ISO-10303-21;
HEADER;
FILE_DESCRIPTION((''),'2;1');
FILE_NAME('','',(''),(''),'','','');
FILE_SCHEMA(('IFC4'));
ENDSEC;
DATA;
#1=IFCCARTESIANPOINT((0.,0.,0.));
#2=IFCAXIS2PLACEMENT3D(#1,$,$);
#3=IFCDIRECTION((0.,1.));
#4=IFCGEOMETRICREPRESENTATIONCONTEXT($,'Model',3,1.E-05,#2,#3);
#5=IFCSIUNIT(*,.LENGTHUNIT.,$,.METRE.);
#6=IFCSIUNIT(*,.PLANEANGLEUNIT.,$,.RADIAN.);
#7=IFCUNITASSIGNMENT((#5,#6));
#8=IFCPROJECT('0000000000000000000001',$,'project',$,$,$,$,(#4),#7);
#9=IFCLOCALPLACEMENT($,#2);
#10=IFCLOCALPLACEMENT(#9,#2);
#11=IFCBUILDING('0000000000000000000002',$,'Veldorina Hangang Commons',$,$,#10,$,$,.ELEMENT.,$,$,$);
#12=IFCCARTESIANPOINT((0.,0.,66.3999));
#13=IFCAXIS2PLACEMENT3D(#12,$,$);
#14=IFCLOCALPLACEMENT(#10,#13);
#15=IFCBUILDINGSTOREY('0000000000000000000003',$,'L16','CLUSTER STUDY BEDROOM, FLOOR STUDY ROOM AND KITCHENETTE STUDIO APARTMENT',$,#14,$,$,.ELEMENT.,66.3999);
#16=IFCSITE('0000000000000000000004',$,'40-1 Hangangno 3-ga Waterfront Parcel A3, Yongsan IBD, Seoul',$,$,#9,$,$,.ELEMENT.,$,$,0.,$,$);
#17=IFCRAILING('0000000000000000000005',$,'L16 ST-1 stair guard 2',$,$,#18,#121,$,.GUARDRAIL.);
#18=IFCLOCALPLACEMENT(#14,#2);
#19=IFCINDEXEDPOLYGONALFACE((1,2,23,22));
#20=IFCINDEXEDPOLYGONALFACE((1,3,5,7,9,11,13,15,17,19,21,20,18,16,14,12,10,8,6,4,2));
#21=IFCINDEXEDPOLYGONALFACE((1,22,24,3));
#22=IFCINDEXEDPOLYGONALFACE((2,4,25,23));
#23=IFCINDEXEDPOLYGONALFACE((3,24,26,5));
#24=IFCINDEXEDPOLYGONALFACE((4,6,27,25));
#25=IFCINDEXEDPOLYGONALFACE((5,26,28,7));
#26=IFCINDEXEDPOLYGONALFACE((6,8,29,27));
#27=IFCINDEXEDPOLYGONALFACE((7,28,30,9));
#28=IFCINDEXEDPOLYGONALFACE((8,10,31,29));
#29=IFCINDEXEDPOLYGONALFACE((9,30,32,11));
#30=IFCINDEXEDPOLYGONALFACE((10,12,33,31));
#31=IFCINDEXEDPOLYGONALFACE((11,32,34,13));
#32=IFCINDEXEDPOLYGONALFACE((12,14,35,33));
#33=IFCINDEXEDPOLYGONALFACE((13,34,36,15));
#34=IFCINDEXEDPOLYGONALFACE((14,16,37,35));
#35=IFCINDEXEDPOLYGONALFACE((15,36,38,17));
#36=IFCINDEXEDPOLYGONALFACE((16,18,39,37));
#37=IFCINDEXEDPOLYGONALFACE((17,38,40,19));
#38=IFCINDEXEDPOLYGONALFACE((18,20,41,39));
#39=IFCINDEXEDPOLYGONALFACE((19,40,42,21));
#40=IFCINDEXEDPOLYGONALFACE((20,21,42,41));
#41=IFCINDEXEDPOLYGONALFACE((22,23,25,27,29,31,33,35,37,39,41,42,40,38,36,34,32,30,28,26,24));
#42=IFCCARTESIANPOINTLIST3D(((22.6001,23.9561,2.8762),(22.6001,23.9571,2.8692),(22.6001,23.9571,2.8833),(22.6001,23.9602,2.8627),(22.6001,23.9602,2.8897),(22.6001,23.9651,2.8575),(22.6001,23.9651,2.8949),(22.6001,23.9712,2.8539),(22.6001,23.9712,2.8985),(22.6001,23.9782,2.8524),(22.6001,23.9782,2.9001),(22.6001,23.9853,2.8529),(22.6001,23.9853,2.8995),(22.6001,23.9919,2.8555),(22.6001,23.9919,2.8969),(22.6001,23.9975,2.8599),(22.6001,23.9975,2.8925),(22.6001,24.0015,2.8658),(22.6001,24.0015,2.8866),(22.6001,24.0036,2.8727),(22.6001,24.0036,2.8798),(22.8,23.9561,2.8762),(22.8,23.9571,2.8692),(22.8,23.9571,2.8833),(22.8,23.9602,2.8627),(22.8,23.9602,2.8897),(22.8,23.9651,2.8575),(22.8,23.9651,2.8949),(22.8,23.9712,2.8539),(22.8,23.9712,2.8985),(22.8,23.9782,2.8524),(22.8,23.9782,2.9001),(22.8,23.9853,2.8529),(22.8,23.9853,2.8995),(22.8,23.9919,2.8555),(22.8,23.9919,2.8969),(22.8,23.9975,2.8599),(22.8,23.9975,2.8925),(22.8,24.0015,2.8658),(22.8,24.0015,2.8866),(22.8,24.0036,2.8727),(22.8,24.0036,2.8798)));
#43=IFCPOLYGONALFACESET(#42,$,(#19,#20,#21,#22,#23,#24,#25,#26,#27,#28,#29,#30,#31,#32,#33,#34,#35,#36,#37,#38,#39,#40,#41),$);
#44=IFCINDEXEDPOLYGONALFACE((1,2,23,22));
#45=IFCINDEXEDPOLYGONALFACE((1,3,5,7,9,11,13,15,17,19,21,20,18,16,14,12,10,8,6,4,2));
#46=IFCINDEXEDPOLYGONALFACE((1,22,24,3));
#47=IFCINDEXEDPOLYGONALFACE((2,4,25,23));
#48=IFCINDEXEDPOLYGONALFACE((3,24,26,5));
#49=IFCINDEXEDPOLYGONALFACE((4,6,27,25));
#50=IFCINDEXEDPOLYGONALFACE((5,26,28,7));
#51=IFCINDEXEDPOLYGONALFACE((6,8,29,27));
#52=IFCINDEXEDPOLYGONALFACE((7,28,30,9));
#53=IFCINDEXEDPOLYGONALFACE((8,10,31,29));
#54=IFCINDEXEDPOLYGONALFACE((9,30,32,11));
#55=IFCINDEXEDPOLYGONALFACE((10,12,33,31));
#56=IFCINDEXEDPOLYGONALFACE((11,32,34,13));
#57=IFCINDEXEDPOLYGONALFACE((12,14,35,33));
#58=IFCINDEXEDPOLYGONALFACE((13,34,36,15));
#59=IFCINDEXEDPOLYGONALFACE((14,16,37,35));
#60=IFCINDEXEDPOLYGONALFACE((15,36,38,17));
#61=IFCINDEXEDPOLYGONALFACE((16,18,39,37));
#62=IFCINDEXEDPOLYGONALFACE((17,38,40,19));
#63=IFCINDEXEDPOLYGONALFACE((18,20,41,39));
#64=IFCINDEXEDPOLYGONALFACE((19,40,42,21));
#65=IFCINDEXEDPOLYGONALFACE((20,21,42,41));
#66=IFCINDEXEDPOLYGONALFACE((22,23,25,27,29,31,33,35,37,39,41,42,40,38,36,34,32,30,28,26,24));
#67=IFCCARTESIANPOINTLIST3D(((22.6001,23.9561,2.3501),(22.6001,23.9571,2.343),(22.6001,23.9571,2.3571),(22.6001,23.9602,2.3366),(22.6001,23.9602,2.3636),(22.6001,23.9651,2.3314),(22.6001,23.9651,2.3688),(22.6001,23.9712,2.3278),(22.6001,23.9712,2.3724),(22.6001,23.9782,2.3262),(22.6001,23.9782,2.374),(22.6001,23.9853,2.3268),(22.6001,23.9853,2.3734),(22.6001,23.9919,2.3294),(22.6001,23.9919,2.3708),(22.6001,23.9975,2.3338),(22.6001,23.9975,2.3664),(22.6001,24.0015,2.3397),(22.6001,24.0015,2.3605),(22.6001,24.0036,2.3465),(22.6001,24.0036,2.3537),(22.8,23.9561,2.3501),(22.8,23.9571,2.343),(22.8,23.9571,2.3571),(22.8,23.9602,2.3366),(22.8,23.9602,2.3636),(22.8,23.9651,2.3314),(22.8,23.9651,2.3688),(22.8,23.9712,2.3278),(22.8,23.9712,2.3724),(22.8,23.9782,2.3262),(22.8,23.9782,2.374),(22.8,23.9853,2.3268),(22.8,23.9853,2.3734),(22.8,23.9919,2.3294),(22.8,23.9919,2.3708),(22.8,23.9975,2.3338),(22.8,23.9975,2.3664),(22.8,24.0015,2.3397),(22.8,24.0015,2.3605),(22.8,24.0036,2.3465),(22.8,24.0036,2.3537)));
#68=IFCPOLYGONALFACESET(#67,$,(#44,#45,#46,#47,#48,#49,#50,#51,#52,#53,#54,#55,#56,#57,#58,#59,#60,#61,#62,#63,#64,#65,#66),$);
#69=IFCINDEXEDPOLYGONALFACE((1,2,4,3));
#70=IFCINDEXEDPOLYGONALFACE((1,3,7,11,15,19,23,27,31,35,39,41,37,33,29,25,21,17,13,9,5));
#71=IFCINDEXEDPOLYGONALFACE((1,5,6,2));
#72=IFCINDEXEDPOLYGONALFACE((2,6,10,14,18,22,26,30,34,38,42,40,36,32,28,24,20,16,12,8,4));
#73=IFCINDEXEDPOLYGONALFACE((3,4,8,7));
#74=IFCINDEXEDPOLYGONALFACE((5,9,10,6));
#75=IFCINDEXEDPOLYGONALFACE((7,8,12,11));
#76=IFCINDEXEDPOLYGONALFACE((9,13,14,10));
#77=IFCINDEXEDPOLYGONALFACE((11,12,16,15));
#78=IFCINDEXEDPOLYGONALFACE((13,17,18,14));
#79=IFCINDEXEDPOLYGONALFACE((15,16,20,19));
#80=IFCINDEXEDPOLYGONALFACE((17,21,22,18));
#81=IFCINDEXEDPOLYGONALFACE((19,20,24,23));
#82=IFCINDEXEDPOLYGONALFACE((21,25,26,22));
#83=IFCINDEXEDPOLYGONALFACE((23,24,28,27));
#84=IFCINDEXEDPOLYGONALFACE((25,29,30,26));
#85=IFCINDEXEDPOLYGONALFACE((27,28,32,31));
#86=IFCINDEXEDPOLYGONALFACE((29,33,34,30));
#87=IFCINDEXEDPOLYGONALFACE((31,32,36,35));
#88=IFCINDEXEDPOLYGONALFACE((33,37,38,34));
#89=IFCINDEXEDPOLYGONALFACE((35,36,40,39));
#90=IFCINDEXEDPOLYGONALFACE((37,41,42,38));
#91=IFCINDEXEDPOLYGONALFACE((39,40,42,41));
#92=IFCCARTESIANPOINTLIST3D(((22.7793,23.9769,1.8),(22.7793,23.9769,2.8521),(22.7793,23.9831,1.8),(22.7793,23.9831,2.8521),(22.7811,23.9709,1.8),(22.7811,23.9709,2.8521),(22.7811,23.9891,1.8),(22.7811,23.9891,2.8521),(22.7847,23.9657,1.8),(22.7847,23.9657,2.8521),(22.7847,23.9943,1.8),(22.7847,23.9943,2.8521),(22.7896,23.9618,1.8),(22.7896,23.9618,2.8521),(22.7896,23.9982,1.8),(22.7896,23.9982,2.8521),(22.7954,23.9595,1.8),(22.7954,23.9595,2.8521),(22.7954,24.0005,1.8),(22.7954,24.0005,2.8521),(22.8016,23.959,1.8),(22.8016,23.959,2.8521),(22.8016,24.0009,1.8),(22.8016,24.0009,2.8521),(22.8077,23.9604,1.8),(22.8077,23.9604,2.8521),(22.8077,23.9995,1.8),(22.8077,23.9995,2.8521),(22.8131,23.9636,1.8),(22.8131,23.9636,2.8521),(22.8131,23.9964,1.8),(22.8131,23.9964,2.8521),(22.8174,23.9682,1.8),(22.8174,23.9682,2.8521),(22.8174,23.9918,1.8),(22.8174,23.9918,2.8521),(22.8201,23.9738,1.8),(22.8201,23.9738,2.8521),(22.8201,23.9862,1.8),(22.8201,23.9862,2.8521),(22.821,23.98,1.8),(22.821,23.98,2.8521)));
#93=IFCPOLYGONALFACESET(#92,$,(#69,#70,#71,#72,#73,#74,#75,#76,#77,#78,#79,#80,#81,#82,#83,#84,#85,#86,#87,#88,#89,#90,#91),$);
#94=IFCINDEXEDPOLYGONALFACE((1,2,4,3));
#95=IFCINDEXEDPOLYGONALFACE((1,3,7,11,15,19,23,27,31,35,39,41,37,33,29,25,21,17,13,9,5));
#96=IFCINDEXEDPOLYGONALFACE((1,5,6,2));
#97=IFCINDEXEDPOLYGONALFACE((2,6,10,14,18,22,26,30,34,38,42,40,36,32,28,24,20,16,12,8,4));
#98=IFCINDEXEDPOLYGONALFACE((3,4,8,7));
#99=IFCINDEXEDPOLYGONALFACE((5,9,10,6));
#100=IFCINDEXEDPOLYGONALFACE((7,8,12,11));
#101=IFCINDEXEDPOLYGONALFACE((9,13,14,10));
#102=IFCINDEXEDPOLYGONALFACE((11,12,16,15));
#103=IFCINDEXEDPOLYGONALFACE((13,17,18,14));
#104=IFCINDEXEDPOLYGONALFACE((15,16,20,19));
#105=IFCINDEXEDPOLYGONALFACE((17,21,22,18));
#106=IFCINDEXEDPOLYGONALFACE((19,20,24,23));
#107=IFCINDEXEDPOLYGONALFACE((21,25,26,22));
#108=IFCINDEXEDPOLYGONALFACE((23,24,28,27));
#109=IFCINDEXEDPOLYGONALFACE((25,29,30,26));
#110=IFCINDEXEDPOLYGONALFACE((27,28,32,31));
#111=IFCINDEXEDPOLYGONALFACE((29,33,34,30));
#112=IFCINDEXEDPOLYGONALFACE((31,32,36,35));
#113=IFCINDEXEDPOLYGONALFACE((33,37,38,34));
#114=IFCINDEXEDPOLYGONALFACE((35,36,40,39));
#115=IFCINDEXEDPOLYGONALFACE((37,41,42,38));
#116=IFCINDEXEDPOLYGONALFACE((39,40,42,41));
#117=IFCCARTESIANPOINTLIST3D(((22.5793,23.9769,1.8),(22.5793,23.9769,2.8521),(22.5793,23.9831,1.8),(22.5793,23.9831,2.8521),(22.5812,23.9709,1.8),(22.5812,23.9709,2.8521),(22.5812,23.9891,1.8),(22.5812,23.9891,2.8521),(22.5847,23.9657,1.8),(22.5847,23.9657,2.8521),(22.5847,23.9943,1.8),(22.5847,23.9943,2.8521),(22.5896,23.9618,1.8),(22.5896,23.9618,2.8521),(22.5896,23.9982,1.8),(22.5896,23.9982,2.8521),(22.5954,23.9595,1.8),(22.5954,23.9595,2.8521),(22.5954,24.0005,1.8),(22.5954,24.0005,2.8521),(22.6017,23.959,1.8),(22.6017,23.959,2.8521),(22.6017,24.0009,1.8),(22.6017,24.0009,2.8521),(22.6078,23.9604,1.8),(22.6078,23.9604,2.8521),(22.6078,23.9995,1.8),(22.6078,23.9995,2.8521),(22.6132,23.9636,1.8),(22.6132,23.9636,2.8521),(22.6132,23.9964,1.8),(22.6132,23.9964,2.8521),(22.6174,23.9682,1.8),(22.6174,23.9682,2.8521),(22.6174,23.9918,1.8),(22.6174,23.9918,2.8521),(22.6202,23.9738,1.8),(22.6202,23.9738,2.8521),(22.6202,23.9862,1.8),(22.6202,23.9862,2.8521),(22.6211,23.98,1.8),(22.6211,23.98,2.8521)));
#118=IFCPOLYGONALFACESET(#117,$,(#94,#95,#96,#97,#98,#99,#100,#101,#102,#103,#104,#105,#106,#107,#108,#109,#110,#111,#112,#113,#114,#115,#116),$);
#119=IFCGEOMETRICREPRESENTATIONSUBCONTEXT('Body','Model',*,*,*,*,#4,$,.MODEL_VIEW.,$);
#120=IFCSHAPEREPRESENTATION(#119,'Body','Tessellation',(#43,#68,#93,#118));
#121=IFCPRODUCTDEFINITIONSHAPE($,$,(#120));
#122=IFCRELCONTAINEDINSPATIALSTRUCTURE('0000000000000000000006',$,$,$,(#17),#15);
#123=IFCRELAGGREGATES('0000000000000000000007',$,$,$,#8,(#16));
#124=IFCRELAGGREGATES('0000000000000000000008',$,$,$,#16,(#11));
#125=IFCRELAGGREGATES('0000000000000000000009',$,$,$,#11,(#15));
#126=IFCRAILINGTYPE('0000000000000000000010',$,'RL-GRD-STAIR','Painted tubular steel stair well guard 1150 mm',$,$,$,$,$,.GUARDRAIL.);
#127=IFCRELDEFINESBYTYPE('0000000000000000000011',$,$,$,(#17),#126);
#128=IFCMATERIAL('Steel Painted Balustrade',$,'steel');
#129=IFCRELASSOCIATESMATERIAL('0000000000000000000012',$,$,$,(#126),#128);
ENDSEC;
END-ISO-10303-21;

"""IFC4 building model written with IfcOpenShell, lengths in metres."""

from ifc_helpers import new_model, si_unit, direction, frame, origin, origin_2d, place, context, subcontext, project, spatial, circle, extrude, material, type_object, element, save


model = new_model("IFC4")

# Units and contexts
model_context = context("Model", 3, precision=1e-05, world=origin(), true_north=direction((0.0, 1.0)))
body_context = subcontext(model_context, "Body", "Model", "MODEL_VIEW")
ifc_project = project(units=[si_unit("LENGTHUNIT", "METRE"), si_unit("PLANEANGLEUNIT", "RADIAN")], contexts=[model_context])

# Site, building, storey
site_placement = place(None, origin())
site = spatial("IfcSite", under=ifc_project, at=site_placement, Name="40-1 Hangangno 3-ga Waterfront Parcel A3, Yongsan IBD, Seoul", CompositionType="ELEMENT", RefElevation=0.0)
building_placement = place(site_placement, origin())
building = spatial("IfcBuilding", under=site, at=building_placement, Name="Veldorina Hangang Commons", CompositionType="ELEMENT")
storey_placement = place(building_placement, frame((0.0, 0.0, 66.3999)))
storey = spatial("IfcBuildingStorey", under=building, at=storey_placement, Name="L16", Description="CLUSTER STUDY BEDROOM, FLOOR STUDY ROOM AND KITCHENETTE STUDIO APARTMENT", CompositionType="ELEMENT", Elevation=66.3999)

# Railing
ifc_material_1 = material(Name="Steel Painted Balustrade", Category="steel")
railing_type_1 = type_object("IfcRailingType", Name="RL-GRD-STAIR", Description="Painted tubular steel stair well guard 1150 mm", PredefinedType="GUARDRAIL", material=ifc_material_1)
railing_1_placement = place(storey_placement, frame((22.8, 23.98, 1.8)))
element("IfcRailing", 1, at=railing_1_placement, inside=storey, type_object=railing_type_1, Name="L16 ST-1 stair guard 2", PredefinedType="GUARDRAIL", context=body_context, shape_type="SweptSolid", body=[
    extrude(circle(Radius=0.0239, at=origin_2d()), frame((0.0, 0.0, 1.0762), z_axis=(-1.0, 0.0, 0.0), x_axis=(0.0, -1.0, 0.0)), (0.0, 0.0, 1.0), 0.2),
    extrude(circle(Radius=0.0239, at=origin_2d()), frame((0.0, 0.0, 0.55), z_axis=(-1.0, 0.0, 0.0), x_axis=(0.0, -1.0, 0.0)), (0.0, 0.0, 1.0), 0.2),
    extrude(circle(Radius=0.021, at=origin_2d()), origin(), (0.0, 0.0, 1.0), 1.052),
    extrude(circle(Radius=0.021, at=origin_2d()), frame((-0.2, 0.0, 0.0)), (0.0, 0.0, 1.0), 1.052),
])

save(model, "model.ifc")
